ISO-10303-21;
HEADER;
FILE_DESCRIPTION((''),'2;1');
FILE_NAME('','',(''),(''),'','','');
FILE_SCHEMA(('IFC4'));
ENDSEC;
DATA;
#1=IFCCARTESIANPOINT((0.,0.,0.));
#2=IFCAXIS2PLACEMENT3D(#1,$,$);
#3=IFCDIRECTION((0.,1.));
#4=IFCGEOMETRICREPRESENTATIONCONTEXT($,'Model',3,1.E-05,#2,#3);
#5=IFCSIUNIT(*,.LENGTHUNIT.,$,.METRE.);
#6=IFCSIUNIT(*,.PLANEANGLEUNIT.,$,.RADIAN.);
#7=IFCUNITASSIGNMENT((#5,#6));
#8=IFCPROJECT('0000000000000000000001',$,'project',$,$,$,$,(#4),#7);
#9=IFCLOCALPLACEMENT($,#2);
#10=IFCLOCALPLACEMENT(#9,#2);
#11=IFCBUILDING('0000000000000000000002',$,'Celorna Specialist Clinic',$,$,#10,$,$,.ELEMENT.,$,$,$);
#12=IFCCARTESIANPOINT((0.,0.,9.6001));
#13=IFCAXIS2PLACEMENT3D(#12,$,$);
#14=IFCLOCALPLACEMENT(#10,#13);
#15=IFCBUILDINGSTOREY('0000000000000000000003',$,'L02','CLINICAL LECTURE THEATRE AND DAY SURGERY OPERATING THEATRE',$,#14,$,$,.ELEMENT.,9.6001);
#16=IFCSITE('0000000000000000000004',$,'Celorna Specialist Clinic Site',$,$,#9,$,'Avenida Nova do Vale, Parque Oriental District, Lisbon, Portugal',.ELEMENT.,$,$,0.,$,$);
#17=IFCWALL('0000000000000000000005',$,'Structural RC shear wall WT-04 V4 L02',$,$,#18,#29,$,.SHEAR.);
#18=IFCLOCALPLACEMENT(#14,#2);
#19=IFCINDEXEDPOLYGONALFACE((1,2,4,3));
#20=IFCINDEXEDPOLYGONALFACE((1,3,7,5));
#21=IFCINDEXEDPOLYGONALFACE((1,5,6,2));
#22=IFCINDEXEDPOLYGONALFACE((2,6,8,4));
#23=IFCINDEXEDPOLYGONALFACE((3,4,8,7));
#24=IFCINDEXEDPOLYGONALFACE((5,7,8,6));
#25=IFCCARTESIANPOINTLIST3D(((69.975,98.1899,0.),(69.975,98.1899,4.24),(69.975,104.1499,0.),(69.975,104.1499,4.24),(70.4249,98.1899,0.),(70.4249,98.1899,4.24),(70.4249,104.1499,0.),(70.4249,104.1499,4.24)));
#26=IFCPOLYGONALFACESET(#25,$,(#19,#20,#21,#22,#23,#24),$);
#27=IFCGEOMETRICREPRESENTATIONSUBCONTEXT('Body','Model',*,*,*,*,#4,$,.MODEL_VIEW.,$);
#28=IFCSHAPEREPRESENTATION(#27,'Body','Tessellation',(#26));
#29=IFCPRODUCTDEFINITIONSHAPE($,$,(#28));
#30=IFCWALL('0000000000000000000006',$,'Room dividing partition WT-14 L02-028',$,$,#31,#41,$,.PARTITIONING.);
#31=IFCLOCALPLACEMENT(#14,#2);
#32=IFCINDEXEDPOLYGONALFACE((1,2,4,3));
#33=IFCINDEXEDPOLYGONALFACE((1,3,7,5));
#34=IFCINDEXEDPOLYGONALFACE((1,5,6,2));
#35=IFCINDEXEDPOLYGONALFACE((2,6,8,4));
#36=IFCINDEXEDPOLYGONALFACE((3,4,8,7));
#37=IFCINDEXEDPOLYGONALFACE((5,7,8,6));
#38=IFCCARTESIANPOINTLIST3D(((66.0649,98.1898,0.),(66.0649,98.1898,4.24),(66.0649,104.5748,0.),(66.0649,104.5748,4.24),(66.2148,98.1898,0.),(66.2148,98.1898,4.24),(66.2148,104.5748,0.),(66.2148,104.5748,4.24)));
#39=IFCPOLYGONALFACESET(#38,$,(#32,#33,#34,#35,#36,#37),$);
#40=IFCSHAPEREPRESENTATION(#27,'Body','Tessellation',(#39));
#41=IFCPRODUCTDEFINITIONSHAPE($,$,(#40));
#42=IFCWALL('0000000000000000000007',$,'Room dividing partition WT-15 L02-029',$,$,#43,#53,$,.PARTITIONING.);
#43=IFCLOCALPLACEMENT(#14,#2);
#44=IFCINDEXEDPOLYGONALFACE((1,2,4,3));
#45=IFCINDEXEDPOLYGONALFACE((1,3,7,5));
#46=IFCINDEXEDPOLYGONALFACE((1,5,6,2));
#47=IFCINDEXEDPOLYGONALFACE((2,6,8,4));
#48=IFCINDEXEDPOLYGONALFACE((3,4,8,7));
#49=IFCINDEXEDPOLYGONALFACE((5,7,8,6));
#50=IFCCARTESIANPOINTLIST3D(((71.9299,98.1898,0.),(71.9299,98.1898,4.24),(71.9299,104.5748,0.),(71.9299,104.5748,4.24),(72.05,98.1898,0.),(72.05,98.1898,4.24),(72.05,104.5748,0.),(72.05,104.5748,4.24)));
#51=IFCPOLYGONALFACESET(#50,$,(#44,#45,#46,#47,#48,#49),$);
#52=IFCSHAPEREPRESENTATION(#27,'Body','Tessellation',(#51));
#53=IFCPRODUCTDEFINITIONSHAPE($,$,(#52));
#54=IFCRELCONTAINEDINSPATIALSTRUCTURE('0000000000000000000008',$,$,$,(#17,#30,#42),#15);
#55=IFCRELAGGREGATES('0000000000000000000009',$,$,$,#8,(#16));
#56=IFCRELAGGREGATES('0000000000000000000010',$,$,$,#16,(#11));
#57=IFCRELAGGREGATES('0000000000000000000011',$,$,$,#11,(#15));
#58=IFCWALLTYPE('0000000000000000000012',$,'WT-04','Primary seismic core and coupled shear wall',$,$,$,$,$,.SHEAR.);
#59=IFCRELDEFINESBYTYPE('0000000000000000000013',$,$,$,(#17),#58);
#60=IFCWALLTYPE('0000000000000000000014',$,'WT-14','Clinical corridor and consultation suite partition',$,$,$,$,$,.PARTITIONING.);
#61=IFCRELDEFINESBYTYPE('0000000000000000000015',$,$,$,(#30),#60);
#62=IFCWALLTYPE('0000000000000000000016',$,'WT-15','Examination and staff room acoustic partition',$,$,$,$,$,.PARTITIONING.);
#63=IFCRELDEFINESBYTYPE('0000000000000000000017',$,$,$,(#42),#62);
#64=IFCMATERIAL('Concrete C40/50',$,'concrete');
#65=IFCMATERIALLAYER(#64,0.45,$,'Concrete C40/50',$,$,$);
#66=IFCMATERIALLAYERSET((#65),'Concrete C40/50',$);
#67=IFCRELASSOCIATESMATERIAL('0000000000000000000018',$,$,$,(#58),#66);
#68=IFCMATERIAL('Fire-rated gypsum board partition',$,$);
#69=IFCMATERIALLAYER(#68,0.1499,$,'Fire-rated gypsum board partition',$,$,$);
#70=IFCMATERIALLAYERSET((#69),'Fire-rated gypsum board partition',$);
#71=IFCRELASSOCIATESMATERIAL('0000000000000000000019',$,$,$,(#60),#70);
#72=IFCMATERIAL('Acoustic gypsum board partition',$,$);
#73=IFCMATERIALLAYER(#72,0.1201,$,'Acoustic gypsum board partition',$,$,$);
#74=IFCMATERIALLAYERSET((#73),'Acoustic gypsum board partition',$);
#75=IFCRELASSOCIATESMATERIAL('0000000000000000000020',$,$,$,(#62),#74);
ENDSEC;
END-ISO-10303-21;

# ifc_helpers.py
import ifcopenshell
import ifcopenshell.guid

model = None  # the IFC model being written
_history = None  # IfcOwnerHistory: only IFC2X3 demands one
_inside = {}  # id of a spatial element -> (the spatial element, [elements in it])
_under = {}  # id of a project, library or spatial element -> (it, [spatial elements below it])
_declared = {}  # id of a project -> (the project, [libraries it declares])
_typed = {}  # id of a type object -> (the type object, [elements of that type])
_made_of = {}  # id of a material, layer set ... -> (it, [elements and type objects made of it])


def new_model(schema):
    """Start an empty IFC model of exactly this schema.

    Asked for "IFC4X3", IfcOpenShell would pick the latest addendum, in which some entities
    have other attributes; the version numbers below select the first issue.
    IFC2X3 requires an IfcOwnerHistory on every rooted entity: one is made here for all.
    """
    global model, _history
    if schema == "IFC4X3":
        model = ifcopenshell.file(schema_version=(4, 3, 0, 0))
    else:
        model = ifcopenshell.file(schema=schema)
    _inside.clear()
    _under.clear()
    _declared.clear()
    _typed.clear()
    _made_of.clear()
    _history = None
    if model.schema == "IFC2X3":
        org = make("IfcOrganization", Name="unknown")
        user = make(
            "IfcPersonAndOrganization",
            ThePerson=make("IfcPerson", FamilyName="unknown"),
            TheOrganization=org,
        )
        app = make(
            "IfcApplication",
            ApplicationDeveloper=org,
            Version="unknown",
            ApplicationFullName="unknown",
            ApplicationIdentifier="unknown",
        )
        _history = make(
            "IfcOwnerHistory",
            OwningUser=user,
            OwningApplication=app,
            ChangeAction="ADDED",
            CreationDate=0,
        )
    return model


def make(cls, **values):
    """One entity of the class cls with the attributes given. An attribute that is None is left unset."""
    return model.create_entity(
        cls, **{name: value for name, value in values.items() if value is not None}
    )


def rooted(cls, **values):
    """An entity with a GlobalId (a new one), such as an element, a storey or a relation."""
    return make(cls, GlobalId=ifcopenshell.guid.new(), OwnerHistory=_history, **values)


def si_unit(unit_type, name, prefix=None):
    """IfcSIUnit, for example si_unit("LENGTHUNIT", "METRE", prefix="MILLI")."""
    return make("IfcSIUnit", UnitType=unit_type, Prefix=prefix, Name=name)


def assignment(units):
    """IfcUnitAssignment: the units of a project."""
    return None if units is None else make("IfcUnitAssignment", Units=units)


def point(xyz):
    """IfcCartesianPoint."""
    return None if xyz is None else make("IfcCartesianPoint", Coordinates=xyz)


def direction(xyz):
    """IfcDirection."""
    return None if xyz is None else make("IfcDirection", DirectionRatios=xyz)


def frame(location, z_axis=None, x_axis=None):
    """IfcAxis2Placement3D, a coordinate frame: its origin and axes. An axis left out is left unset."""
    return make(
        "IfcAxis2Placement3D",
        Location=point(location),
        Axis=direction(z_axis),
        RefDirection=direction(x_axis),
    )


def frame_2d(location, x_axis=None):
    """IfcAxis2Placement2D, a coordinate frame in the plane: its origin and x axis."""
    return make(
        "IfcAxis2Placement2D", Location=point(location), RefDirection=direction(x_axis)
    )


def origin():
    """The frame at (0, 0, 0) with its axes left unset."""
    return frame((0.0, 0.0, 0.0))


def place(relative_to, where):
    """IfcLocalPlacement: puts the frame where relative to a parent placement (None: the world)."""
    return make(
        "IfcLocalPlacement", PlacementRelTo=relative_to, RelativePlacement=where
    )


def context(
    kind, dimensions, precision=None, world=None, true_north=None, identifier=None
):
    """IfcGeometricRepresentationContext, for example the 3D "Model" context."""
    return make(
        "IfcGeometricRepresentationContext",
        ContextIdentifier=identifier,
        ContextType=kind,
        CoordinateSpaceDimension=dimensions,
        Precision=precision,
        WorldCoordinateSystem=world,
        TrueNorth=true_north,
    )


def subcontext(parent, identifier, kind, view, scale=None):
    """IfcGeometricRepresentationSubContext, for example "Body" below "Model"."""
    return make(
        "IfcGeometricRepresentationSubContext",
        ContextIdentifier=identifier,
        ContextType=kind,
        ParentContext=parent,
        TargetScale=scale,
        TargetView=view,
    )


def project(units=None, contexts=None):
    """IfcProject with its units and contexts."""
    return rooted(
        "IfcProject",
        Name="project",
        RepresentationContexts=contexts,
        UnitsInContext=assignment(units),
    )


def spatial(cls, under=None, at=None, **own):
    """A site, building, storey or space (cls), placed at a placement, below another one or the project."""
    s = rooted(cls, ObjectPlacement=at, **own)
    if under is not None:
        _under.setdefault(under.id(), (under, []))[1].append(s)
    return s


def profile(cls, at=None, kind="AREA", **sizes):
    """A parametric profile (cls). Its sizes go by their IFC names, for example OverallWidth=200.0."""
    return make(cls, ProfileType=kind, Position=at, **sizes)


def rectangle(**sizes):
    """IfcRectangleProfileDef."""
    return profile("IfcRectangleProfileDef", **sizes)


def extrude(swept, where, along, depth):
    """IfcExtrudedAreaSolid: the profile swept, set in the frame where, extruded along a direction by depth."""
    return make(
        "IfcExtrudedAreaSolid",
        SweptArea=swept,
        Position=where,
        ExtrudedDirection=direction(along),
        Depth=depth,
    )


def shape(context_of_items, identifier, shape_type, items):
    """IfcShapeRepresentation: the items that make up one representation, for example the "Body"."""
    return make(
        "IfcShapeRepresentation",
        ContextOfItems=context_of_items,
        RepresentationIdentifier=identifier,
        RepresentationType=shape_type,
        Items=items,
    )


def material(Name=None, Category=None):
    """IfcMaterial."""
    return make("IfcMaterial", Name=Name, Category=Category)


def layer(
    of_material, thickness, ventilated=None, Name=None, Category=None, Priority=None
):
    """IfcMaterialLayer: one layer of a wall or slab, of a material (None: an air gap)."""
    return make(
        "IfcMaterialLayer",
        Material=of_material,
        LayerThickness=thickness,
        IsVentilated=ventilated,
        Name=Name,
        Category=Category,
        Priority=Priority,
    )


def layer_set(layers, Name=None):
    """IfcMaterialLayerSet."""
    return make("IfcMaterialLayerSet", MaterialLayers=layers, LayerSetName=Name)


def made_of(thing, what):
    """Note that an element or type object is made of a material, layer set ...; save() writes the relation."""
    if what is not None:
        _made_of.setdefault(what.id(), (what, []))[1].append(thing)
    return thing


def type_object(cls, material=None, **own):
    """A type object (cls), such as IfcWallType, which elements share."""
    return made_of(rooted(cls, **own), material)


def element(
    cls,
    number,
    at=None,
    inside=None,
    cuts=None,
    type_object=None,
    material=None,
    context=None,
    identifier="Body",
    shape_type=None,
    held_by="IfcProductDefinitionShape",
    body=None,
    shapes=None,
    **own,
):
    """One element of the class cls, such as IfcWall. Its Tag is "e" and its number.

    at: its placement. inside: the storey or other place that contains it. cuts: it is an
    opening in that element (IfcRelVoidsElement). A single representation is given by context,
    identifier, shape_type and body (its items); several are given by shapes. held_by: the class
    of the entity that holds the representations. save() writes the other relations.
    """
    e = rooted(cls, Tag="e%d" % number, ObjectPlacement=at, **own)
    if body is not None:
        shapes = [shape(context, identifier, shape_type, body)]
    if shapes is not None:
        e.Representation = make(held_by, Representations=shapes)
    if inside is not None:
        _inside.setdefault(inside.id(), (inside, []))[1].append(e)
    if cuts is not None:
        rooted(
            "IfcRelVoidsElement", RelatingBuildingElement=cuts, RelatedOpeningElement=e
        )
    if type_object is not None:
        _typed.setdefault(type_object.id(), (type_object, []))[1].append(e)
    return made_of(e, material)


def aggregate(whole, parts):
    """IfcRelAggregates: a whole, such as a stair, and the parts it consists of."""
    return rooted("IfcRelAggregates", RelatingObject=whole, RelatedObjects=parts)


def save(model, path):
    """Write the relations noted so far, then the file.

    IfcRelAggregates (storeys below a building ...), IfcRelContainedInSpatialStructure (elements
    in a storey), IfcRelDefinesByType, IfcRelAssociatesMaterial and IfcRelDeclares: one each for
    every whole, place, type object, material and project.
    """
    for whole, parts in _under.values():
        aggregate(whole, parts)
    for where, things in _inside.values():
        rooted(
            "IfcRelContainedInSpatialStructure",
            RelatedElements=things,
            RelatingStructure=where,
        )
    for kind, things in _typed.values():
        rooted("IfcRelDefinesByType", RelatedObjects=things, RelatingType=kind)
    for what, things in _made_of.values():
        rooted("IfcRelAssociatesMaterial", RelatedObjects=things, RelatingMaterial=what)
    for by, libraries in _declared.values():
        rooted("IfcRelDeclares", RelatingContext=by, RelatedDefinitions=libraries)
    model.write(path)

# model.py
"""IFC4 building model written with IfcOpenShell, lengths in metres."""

from ifc_helpers import new_model, si_unit, direction, frame, frame_2d, origin, place, context, subcontext, project, spatial, rectangle, extrude, material, layer, layer_set, type_object, element, save


model = new_model("IFC4")

# Units and contexts
model_context = context("Model", 3, precision=1e-05, world=origin(), true_north=direction((0.0, 1.0)))
body_context = subcontext(model_context, "Body", "Model", "MODEL_VIEW")
ifc_project = project(units=[si_unit("LENGTHUNIT", "METRE"), si_unit("PLANEANGLEUNIT", "RADIAN")], contexts=[model_context])

# Site, building, storey
site_placement = place(None, origin())
site = spatial("IfcSite", under=ifc_project, at=site_placement, Name="Celorna Specialist Clinic Site", LongName="Avenida Nova do Vale, Parque Oriental District, Lisbon, Portugal", CompositionType="ELEMENT", RefElevation=0.0)
building_placement = place(site_placement, origin())
building = spatial("IfcBuilding", under=site, at=building_placement, Name="Celorna Specialist Clinic", CompositionType="ELEMENT")
storey_placement = place(building_placement, frame((0.0, 0.0, 9.6001)))
storey = spatial("IfcBuildingStorey", under=building, at=storey_placement, Name="L02", Description="CLINICAL LECTURE THEATRE AND DAY SURGERY OPERATING THEATRE", CompositionType="ELEMENT", Elevation=9.6001)

# Walls
ifc_material_1 = material(Name="Concrete C40/50", Category="concrete")
ifc_layer_1 = layer(ifc_material_1, 0.45, Name="Concrete C40/50")
ifc_layer_set_1 = layer_set([ifc_layer_1], Name="Concrete C40/50")
wall_type_1 = type_object("IfcWallType", Name="WT-04", Description="Primary seismic core and coupled shear wall", PredefinedType="SHEAR", material=ifc_layer_set_1)
wall_1_placement = place(storey_placement, frame((70.2, 98.1899, 0.0), z_axis=(0.0, 0.0, 1.0), x_axis=(0.0, 1.0, 0.0)))
element("IfcWall", 1, at=wall_1_placement, inside=storey, type_object=wall_type_1, Name="Structural RC shear wall WT-04 V4 L02", PredefinedType="SHEAR", context=body_context, shape_type="SweptSolid", body=[
    extrude(rectangle(XDim=5.96, YDim=0.45, at=frame_2d((2.98, 0.0))), origin(), (0.0, 0.0, 1.0), 4.24),
])
ifc_material_2 = material(Name="Fire-rated gypsum board partition")
ifc_layer_2 = layer(ifc_material_2, 0.1499, Name="Fire-rated gypsum board partition")
ifc_layer_set_2 = layer_set([ifc_layer_2], Name="Fire-rated gypsum board partition")
wall_type_2 = type_object("IfcWallType", Name="WT-14", Description="Clinical corridor and consultation suite partition", PredefinedType="PARTITIONING", material=ifc_layer_set_2)
wall_2_placement = place(storey_placement, frame((66.1399, 98.1899, 0.0), z_axis=(0.0, 0.0, 1.0), x_axis=(0.0, 1.0, 0.0)))
element("IfcWall", 2, at=wall_2_placement, inside=storey, type_object=wall_type_2, Name="Room dividing partition WT-14 L02-028", PredefinedType="PARTITIONING", context=body_context, shape_type="SweptSolid", body=[
    extrude(rectangle(XDim=6.385, YDim=0.1499, at=frame_2d((3.1924, 0.0))), origin(), (0.0, 0.0, 1.0), 4.24),
])
ifc_material_3 = material(Name="Acoustic gypsum board partition")
ifc_layer_3 = layer(ifc_material_3, 0.1201, Name="Acoustic gypsum board partition")
ifc_layer_set_3 = layer_set([ifc_layer_3], Name="Acoustic gypsum board partition")
wall_type_3 = type_object("IfcWallType", Name="WT-15", Description="Examination and staff room acoustic partition", PredefinedType="PARTITIONING", material=ifc_layer_set_3)
wall_3_placement = place(storey_placement, frame((71.99, 98.1899, 0.0), z_axis=(0.0, 0.0, 1.0), x_axis=(0.0, 1.0, 0.0)))
element("IfcWall", 3, at=wall_3_placement, inside=storey, type_object=wall_type_3, Name="Room dividing partition WT-15 L02-029", PredefinedType="PARTITIONING", context=body_context, shape_type="SweptSolid", body=[
    extrude(rectangle(XDim=6.385, YDim=0.1201, at=frame_2d((3.1924, 0.0))), origin(), (0.0, 0.0, 1.0), 4.24),
])

save(model, "model.ifc")
